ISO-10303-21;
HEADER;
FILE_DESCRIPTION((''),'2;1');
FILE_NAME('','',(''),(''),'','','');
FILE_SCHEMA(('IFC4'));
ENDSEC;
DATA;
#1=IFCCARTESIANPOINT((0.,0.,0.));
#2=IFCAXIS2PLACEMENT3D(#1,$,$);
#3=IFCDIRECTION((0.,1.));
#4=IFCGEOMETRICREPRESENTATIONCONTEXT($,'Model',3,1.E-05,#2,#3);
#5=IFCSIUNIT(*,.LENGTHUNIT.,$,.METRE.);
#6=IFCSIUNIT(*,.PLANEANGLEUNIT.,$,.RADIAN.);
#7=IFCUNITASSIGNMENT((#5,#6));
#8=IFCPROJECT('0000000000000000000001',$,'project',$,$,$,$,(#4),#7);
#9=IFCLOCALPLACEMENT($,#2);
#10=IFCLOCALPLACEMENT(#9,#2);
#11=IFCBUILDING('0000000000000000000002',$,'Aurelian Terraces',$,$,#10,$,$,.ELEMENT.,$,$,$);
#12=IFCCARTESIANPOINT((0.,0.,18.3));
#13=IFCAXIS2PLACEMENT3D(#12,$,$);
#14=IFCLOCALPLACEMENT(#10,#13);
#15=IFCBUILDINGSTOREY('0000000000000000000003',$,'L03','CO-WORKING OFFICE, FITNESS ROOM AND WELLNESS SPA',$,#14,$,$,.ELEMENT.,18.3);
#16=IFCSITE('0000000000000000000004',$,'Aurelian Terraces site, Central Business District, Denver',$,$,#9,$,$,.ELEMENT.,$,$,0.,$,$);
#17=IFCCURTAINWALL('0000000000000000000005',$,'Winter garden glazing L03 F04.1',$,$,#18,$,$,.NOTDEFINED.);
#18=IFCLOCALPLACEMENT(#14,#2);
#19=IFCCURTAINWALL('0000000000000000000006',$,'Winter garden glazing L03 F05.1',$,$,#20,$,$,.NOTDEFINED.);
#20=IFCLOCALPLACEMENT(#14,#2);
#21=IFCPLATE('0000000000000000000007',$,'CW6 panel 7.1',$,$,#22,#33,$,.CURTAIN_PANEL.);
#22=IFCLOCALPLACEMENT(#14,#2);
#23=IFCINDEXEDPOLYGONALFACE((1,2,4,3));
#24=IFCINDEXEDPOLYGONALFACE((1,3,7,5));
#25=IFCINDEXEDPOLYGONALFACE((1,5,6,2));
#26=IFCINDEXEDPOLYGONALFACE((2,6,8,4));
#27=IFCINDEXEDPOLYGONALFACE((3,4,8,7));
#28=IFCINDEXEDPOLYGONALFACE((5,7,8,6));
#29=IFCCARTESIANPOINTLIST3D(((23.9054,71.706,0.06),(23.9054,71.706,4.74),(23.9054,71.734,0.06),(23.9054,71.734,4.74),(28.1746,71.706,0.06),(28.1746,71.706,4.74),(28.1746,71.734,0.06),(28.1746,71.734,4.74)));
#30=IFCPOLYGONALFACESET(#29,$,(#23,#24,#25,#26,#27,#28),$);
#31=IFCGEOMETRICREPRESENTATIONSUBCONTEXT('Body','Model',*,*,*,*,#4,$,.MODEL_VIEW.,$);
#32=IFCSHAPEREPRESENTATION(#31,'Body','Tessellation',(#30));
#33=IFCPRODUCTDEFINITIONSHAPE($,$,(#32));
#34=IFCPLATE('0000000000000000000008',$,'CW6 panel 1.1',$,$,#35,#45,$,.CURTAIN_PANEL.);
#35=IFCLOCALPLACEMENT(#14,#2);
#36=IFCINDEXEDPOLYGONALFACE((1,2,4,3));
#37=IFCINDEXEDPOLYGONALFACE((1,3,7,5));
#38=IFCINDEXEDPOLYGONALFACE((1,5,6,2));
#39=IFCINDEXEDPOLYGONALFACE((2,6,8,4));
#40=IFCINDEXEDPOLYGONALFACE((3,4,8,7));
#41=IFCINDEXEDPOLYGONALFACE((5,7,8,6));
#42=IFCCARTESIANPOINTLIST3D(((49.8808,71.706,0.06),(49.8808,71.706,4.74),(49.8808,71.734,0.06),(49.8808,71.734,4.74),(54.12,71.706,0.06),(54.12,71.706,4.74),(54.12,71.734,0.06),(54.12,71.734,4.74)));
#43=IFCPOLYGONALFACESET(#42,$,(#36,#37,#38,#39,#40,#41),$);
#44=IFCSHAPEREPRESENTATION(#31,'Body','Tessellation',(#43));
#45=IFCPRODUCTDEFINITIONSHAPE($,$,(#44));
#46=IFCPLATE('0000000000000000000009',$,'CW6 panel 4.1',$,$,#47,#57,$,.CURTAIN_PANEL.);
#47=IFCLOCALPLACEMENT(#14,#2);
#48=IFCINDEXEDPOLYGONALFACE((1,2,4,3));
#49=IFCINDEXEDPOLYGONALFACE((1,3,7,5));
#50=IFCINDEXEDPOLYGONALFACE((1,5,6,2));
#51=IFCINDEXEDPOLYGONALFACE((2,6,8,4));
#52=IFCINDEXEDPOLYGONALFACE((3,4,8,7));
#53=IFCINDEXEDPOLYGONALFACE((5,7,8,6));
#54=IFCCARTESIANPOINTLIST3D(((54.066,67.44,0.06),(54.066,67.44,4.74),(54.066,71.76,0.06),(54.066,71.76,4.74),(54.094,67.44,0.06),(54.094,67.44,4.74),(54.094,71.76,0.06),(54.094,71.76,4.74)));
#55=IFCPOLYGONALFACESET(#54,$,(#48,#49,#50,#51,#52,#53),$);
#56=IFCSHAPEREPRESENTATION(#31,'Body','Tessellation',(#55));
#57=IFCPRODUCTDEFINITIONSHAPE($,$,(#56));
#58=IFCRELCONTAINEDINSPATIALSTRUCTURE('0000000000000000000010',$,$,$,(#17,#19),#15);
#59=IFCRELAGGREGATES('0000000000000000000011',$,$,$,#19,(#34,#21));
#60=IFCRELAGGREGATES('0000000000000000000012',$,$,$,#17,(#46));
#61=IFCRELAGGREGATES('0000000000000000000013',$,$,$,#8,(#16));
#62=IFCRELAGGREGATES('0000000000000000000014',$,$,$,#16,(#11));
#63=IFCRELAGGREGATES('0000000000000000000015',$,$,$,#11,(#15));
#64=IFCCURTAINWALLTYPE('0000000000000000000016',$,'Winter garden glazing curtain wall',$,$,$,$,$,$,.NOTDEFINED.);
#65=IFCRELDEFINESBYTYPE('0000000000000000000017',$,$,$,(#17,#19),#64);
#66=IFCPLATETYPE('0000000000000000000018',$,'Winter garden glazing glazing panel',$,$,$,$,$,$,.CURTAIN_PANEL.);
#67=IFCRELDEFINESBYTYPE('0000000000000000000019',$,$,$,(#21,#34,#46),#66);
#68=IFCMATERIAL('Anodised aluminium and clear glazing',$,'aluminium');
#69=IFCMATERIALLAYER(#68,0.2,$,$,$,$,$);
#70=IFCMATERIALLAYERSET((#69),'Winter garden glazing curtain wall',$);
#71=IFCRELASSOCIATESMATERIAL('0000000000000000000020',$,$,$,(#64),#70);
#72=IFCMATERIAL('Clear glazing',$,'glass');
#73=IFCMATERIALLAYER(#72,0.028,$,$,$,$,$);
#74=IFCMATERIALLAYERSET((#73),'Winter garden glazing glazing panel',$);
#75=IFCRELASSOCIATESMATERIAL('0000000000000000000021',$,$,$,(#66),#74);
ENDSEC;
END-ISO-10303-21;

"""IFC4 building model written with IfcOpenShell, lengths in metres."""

from ifc_helpers import new_model, si_unit, direction, frame, origin, origin_2d, place, context, subcontext, project, spatial, rectangle, extrude, source, transform, mapped, material, layer, layer_set, type_object, element, aggregate, save


model = new_model("IFC4")

# Units and contexts
model_context = context("Model", 3, precision=1e-05, world=origin(), true_north=direction((0.0, 1.0)))
body_context = subcontext(model_context, "Body", "Model", "MODEL_VIEW")
ifc_project = project(units=[si_unit("LENGTHUNIT", "METRE"), si_unit("PLANEANGLEUNIT", "RADIAN")], contexts=[model_context])

# Site, building, storey
site_placement = place(None, origin())
site = spatial("IfcSite", under=ifc_project, at=site_placement, Name="Aurelian Terraces site, Central Business District, Denver", CompositionType="ELEMENT", RefElevation=0.0)
building_placement = place(site_placement, origin())
building = spatial("IfcBuilding", under=site, at=building_placement, Name="Aurelian Terraces", CompositionType="ELEMENT")
storey_placement = place(building_placement, frame((0.0, 0.0, 18.3)))
storey = spatial("IfcBuildingStorey", under=building, at=storey_placement, Name="L03", Description="CO-WORKING OFFICE, FITNESS ROOM AND WELLNESS SPA", CompositionType="ELEMENT", Elevation=18.3)

# Curtain wall
ifc_material_1 = material(Name="Anodised aluminium and clear glazing", Category="aluminium")
ifc_layer_1 = layer(ifc_material_1, 0.2)
ifc_layer_set_1 = layer_set([ifc_layer_1], Name="Winter garden glazing curtain wall")
curtain_wall_type = type_object("IfcCurtainWallType", Name="Winter garden glazing curtain wall", PredefinedType="NOTDEFINED", material=ifc_layer_set_1)
curtain_wall_1_placement = place(storey_placement, origin())
curtain_wall_1 = element("IfcCurtainWall", 1, at=curtain_wall_1_placement, inside=storey, type_object=curtain_wall_type, Name="Winter garden glazing L03 F04.1", PredefinedType="NOTDEFINED")

# Curtain wall, plates
curtain_wall_2_placement = place(storey_placement, origin())
curtain_wall_2 = element("IfcCurtainWall", 2, at=curtain_wall_2_placement, inside=storey, type_object=curtain_wall_type, Name="Winter garden glazing L03 F05.1", PredefinedType="NOTDEFINED")
ifc_material_2 = material(Name="Clear glazing", Category="glass")
ifc_layer_2 = layer(ifc_material_2, 0.028)
ifc_layer_set_2 = layer_set([ifc_layer_2], Name="Winter garden glazing glazing panel")
plate_type = type_object("IfcPlateType", Name="Winter garden glazing glazing panel", PredefinedType="CURTAIN_PANEL", material=ifc_layer_set_2)
shared_shape_1 = source(origin(), body_context, "Body", "SweptSolid", [
    extrude(rectangle(XDim=4.2692, YDim=0.028, at=origin_2d()), origin(), (0.0, 0.0, 1.0), 4.68),
])
plate_1_placement = place(storey_placement, frame((26.04, 71.72, 0.06), z_axis=(0.0, 0.0, 1.0), x_axis=(-1.0, 0.0, 0.0)))
plate_1 = element("IfcPlate", 3, at=plate_1_placement, type_object=plate_type, Name="CW6 panel 7.1", PredefinedType="CURTAIN_PANEL", context=body_context, shape_type="MappedRepresentation", body=[
    mapped(shared_shape_1, transform((0.0, 0.0, 0.0), scale=1.0)),
])
shared_shape_2 = source(origin(), body_context, "Body", "SweptSolid", [
    extrude(rectangle(XDim=4.2392, YDim=0.028, at=origin_2d()), origin(), (0.0, 0.0, 1.0), 4.68),
])
plate_2_placement = place(storey_placement, frame((52.0004, 71.72, 0.06), z_axis=(0.0, 0.0, 1.0), x_axis=(-1.0, 0.0, 0.0)))
plate_2 = element("IfcPlate", 4, at=plate_2_placement, type_object=plate_type, Name="CW6 panel 1.1", PredefinedType="CURTAIN_PANEL", context=body_context, shape_type="MappedRepresentation", body=[
    mapped(shared_shape_2, transform((0.0, 0.0, 0.0), scale=1.0)),
])
aggregate(curtain_wall_2, [plate_2, plate_1])

# Plate
shared_shape_3 = source(origin(), body_context, "Body", "SweptSolid", [
    extrude(rectangle(XDim=4.32, YDim=0.028, at=origin_2d()), origin(), (0.0, 0.0, 1.0), 4.68),
])
plate_3_placement = place(storey_placement, frame((54.08, 69.6, 0.06), z_axis=(0.0, 0.0, 1.0), x_axis=(0.0, 1.0, 0.0)))
plate_3 = element("IfcPlate", 5, at=plate_3_placement, type_object=plate_type, Name="CW6 panel 4.1", PredefinedType="CURTAIN_PANEL", context=body_context, shape_type="MappedRepresentation", body=[
    mapped(shared_shape_3, transform((0.0, 0.0, 0.0), scale=1.0)),
])
aggregate(curtain_wall_1, [plate_3])

save(model, "model.ifc")
